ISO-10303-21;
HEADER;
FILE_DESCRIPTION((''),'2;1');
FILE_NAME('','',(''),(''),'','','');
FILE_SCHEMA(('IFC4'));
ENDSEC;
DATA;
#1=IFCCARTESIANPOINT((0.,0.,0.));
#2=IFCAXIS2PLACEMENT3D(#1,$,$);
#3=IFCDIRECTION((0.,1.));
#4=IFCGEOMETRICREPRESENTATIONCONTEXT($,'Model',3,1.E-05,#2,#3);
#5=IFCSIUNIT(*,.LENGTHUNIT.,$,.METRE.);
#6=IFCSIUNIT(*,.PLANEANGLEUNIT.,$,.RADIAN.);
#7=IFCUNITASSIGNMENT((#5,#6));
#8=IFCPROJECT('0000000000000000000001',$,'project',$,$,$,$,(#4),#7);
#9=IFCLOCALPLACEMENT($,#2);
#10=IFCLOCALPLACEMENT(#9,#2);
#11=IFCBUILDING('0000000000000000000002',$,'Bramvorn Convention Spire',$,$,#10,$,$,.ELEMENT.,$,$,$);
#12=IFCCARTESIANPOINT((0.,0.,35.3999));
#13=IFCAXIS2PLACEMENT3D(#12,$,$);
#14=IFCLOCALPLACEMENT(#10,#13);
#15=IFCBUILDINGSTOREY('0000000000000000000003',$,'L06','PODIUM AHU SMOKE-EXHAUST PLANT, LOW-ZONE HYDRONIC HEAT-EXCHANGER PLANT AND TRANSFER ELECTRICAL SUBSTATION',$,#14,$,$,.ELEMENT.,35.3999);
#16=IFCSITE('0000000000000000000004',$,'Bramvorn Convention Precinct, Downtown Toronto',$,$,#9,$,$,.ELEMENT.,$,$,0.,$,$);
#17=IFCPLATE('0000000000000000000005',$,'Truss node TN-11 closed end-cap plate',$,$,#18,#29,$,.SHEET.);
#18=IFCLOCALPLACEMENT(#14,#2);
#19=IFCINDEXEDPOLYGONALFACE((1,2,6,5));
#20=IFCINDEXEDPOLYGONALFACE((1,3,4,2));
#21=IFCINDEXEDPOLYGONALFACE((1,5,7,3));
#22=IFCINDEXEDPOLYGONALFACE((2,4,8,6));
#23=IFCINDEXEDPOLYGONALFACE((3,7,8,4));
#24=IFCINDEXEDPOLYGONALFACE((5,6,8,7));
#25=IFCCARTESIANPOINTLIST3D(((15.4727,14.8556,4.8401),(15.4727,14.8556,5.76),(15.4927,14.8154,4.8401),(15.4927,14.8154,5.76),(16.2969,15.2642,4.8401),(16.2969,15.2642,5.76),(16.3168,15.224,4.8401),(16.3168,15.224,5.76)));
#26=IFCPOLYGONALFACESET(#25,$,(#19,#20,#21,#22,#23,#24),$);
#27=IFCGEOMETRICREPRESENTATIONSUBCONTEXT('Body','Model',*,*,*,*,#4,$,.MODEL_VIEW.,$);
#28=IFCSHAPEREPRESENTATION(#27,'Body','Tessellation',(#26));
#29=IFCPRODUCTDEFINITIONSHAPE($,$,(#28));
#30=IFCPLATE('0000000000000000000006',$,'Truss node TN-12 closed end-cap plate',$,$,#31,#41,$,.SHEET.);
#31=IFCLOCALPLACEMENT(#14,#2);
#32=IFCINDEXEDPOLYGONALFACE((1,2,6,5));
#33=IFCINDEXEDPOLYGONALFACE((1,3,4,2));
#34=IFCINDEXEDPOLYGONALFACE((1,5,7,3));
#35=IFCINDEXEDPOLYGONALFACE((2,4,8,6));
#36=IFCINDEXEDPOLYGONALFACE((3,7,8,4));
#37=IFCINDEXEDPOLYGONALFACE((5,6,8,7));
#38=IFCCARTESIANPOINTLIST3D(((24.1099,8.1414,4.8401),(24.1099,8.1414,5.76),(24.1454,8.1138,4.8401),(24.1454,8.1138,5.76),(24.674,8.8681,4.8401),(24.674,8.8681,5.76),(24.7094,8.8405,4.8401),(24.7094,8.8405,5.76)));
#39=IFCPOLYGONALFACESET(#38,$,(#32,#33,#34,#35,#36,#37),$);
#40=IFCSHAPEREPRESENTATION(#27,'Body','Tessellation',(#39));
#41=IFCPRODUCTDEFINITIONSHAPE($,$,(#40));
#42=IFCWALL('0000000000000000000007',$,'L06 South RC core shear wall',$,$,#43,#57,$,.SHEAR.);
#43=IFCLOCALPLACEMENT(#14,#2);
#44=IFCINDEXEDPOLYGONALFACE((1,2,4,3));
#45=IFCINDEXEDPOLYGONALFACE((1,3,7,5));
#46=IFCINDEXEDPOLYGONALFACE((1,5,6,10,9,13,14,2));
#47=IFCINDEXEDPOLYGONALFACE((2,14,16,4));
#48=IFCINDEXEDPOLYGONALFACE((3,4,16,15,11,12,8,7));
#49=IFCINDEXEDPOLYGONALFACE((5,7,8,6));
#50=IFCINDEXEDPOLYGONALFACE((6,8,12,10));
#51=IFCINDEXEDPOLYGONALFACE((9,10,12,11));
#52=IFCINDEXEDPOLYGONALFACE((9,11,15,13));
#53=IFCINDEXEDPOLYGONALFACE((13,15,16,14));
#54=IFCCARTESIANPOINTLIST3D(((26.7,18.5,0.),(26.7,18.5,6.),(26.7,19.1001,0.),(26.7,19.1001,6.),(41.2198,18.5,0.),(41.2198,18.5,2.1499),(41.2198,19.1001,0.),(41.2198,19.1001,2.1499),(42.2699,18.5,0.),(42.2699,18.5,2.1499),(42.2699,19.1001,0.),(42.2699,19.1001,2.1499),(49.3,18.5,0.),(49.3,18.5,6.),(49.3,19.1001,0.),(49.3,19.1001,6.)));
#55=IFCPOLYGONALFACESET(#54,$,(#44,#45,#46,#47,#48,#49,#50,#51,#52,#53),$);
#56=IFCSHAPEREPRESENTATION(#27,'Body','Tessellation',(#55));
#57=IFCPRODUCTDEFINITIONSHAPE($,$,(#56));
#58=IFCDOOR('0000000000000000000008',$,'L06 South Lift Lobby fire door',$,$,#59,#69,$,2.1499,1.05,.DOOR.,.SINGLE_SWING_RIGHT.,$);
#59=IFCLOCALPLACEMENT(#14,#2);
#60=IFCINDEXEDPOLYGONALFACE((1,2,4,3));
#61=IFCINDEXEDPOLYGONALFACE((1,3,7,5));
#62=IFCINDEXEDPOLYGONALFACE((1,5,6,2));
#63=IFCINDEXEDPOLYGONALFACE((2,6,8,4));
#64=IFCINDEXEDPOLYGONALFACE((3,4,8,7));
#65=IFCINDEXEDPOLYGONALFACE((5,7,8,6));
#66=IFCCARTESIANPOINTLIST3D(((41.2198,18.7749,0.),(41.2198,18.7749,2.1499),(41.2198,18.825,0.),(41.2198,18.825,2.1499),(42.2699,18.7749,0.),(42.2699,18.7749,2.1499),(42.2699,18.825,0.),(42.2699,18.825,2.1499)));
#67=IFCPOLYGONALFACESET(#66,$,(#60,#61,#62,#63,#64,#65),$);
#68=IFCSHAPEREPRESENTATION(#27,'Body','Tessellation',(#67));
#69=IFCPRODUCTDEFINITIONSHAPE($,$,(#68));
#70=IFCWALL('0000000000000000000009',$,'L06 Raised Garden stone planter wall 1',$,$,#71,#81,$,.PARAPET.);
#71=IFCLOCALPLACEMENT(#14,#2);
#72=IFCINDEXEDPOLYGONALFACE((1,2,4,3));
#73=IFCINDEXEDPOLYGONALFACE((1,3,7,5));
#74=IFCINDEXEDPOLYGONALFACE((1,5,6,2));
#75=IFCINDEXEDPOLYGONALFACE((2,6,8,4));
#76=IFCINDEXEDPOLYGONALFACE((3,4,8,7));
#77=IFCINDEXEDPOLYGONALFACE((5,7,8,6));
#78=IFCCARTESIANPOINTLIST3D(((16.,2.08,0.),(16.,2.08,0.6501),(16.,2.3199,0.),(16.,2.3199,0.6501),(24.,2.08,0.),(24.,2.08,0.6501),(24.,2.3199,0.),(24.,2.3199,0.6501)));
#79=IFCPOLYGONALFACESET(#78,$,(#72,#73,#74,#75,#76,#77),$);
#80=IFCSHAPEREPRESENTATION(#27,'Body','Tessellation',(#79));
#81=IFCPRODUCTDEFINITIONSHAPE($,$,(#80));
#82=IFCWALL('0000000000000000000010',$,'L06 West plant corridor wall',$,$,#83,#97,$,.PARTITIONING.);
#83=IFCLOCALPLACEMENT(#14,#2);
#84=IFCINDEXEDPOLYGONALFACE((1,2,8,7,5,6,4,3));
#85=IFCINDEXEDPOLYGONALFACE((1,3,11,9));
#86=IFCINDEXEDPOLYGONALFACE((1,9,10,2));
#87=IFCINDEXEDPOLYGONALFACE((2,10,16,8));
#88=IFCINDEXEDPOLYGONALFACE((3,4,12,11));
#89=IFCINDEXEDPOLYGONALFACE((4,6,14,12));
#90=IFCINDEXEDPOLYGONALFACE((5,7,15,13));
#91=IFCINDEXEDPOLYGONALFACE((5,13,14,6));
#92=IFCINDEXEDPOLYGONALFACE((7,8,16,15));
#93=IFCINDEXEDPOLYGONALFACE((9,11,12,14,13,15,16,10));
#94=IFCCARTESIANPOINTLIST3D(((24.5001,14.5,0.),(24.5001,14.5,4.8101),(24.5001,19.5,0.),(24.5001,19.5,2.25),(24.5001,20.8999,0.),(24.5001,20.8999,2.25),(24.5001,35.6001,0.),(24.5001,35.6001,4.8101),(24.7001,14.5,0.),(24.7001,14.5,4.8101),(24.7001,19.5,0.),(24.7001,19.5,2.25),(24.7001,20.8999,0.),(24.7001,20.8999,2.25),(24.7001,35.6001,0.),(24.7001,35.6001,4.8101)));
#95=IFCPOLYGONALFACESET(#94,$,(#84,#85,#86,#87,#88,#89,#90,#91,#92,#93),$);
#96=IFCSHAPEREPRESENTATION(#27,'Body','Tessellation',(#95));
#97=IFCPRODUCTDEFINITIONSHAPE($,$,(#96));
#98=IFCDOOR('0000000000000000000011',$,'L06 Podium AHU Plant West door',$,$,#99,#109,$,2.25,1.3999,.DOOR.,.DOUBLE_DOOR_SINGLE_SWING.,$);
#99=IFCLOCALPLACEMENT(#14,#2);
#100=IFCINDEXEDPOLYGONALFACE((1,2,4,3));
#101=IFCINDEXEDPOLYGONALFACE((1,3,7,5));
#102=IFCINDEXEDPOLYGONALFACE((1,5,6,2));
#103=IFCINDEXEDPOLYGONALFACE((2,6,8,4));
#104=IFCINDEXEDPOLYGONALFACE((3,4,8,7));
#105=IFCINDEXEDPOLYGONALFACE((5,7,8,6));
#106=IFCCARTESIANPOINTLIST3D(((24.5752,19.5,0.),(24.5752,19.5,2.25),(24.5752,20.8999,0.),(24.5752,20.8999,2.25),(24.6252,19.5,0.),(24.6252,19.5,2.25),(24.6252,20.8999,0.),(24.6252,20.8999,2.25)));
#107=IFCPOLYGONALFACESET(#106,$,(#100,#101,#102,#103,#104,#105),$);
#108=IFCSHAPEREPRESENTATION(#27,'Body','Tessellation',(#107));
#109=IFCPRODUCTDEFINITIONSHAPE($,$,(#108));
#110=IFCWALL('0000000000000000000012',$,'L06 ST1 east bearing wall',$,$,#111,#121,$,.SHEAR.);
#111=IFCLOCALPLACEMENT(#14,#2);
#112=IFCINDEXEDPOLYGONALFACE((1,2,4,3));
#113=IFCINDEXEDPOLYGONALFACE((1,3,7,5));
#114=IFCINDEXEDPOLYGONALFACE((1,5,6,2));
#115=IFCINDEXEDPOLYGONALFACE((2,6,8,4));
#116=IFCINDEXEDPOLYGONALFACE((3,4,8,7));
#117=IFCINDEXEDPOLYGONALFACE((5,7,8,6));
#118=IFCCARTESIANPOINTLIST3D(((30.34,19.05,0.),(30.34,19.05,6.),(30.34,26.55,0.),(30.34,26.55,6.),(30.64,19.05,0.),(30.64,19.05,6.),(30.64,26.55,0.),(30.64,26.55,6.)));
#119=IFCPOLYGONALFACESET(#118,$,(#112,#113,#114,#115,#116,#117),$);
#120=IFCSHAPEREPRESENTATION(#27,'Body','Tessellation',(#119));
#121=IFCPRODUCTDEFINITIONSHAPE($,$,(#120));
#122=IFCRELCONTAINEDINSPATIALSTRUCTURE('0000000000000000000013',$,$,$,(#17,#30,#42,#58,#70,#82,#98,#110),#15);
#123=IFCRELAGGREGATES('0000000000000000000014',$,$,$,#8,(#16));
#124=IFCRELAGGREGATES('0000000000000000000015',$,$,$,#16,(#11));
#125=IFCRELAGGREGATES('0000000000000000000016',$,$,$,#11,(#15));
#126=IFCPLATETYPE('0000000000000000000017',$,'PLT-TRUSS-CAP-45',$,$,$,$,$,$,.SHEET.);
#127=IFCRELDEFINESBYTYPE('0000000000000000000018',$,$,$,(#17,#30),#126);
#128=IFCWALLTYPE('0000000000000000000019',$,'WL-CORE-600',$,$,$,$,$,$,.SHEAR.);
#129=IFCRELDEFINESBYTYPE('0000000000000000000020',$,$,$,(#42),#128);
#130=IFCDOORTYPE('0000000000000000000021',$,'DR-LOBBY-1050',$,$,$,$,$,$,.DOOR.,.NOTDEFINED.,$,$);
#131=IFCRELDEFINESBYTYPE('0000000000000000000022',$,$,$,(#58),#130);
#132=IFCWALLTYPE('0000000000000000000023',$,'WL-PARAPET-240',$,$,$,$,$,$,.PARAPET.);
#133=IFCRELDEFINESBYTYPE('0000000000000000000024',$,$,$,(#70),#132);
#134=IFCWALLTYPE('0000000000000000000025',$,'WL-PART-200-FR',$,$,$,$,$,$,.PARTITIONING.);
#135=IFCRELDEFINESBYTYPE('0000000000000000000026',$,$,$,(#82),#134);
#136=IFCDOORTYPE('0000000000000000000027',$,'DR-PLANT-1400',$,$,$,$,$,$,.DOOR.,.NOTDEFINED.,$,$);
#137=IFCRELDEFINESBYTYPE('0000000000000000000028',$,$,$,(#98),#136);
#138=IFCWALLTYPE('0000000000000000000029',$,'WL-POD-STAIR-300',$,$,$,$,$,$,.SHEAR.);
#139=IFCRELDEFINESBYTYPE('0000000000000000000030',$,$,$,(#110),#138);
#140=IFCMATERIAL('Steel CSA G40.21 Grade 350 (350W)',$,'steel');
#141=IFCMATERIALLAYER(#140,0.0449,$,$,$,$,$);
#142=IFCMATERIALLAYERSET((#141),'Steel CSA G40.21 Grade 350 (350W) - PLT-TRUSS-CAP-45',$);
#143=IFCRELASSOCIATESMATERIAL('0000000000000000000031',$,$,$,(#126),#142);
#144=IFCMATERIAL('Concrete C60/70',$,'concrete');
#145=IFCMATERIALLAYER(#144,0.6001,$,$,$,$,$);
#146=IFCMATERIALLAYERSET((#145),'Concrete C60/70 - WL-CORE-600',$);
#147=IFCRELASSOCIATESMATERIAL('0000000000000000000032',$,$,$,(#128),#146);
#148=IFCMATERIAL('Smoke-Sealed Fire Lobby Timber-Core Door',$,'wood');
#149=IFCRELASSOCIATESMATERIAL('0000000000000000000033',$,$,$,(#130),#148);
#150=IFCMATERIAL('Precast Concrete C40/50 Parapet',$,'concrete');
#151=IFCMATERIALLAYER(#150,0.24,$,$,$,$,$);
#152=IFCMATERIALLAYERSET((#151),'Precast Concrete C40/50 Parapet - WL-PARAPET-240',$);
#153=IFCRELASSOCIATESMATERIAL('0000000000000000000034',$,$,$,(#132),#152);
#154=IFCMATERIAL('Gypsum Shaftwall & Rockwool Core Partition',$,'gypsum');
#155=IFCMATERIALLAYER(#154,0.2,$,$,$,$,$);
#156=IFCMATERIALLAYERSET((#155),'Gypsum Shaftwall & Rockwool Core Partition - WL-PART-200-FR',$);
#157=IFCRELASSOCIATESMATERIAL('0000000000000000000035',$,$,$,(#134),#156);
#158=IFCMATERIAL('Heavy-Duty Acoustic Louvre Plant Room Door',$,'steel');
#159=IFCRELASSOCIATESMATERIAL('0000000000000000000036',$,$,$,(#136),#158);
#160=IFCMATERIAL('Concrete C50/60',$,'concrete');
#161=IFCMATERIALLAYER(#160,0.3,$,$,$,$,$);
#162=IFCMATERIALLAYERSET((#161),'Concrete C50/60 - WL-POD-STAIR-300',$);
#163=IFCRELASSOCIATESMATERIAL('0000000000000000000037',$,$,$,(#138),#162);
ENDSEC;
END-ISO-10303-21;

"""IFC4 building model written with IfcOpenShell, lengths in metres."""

from ifc_helpers import new_model, si_unit, direction, frame, frame_2d, origin, origin_2d, place, context, subcontext, project, spatial, rectangle, extrude, material, layer, layer_set, type_object, element, fill, save


model = new_model("IFC4")

# Units and contexts
model_context = context("Model", 3, precision=1e-05, world=origin(), true_north=direction((0.0, 1.0)))
body_context = subcontext(model_context, "Body", "Model", "MODEL_VIEW")
ifc_project = project(units=[si_unit("LENGTHUNIT", "METRE"), si_unit("PLANEANGLEUNIT", "RADIAN")], contexts=[model_context])

# Site, building, storey
site_placement = place(None, origin())
site = spatial("IfcSite", under=ifc_project, at=site_placement, Name="Bramvorn Convention Precinct, Downtown Toronto", CompositionType="ELEMENT", RefElevation=0.0)
building_placement = place(site_placement, origin())
building = spatial("IfcBuilding", under=site, at=building_placement, Name="Bramvorn Convention Spire", CompositionType="ELEMENT")
storey_placement = place(building_placement, frame((0.0, 0.0, 35.3999)))
storey = spatial("IfcBuildingStorey", under=building, at=storey_placement, Name="L06", Description="PODIUM AHU SMOKE-EXHAUST PLANT, LOW-ZONE HYDRONIC HEAT-EXCHANGER PLANT AND TRANSFER ELECTRICAL SUBSTATION", CompositionType="ELEMENT", Elevation=35.3999)

# Shared definitions
ifc_material_1 = material(Name="Steel CSA G40.21 Grade 350 (350W)", Category="steel")

# Plates
ifc_layer_1 = layer(ifc_material_1, 0.0449)
ifc_layer_set_1 = layer_set([ifc_layer_1], Name="Steel CSA G40.21 Grade 350 (350W) - PLT-TRUSS-CAP-45")
plate_type_1 = type_object("IfcPlateType", Name="PLT-TRUSS-CAP-45", PredefinedType="SHEET", material=ifc_layer_set_1)
for number, where, z_axis, x_axis, name in (
    (1, (15.8948, 15.0398, 4.8401), (0.0, 0.0, 1.0), (-0.89592, -0.444215, 0.0), "Truss node TN-11 closed end-cap plate"),
    (2, (24.4097, 8.491, 4.8401), (0.0, 0.0, 1.0), (-0.613158, -0.78996, 0.0), "Truss node TN-12 closed end-cap plate"),
):
    element("IfcPlate", number, at=place(storey_placement, frame(where, z_axis=z_axis, x_axis=x_axis)), inside=storey, type_object=plate_type_1, Name=name, PredefinedType="SHEET", context=body_context, shape_type="SweptSolid", body=[
        extrude(rectangle(XDim=0.9199, YDim=0.0449, at=origin_2d()), origin(), (0.0, 0.0, 1.0), 0.9199),
    ])

# Wall, opening, door
ifc_material_2 = material(Name="Concrete C60/70", Category="concrete")
ifc_layer_2 = layer(ifc_material_2, 0.6001)
ifc_layer_set_2 = layer_set([ifc_layer_2], Name="Concrete C60/70 - WL-CORE-600")
wall_type_1 = type_object("IfcWallType", Name="WL-CORE-600", PredefinedType="SHEAR", material=ifc_layer_set_2)
wall_1_placement = place(storey_placement, frame((26.7, 18.8, 0.0), z_axis=(0.0, 0.0, 1.0), x_axis=(1.0, 0.0, 0.0)))
wall_1 = element("IfcWall", 3, at=wall_1_placement, inside=storey, type_object=wall_type_1, Name="L06 South RC core shear wall", PredefinedType="SHEAR", context=body_context, shape_type="SweptSolid", body=[
    extrude(rectangle(XDim=22.6001, YDim=0.6001, at=frame_2d((11.3, 0.0))), origin(), (0.0, 0.0, 1.0), 6.0),
])
opening_1_placement = place(wall_1_placement, frame((14.52, 0.0, 0.0)))
opening_1 = element("IfcOpeningElement", 4, at=opening_1_placement, cuts=wall_1, PredefinedType="OPENING", context=body_context, shape_type="SweptSolid", body=[
    extrude(rectangle(XDim=1.05, YDim=2.1499, at=frame_2d((0.5249, 1.075))), frame((0.0, 0.3101, 0.0), z_axis=(0.0, -1.0, 0.0), x_axis=(1.0, 0.0, 0.0)), (0.0, 0.0, 1.0), 0.6201),
])
ifc_material_3 = material(Name="Smoke-Sealed Fire Lobby Timber-Core Door", Category="wood")
door_type_1 = type_object("IfcDoorType", Name="DR-LOBBY-1050", OperationType="NOTDEFINED", PredefinedType="DOOR", material=ifc_material_3)
door_1_placement = place(opening_1_placement, origin())
door_1 = element("IfcDoor", 5, at=door_1_placement, inside=storey, type_object=door_type_1, Name="L06 South Lift Lobby fire door", OperationType="SINGLE_SWING_RIGHT", OverallHeight=2.1499, OverallWidth=1.05, PredefinedType="DOOR", context=body_context, shape_type="SweptSolid", body=[
    extrude(rectangle(XDim=1.05, YDim=2.1499, at=frame_2d((0.5249, 1.075))), frame((0.0, 0.0249, 0.0), z_axis=(0.0, -1.0, 0.0), x_axis=(1.0, 0.0, 0.0)), (0.0, 0.0, 1.0), 0.05),
])
fill(opening_1, door_1)

# Wall
ifc_material_4 = material(Name="Precast Concrete C40/50 Parapet", Category="concrete")
ifc_layer_3 = layer(ifc_material_4, 0.24)
ifc_layer_set_3 = layer_set([ifc_layer_3], Name="Precast Concrete C40/50 Parapet - WL-PARAPET-240")
wall_type_2 = type_object("IfcWallType", Name="WL-PARAPET-240", PredefinedType="PARAPET", material=ifc_layer_set_3)
wall_2_placement = place(storey_placement, frame((16.0, 2.2, 0.0), z_axis=(0.0, 0.0, 1.0), x_axis=(1.0, 0.0, 0.0)))
element("IfcWall", 6, at=wall_2_placement, inside=storey, type_object=wall_type_2, Name="L06 Raised Garden stone planter wall 1", PredefinedType="PARAPET", context=body_context, shape_type="SweptSolid", body=[
    extrude(rectangle(XDim=8.0, YDim=0.24, at=frame_2d((4.0, 0.0))), origin(), (0.0, 0.0, 1.0), 0.6501),
])

# Wall, opening, door
ifc_material_5 = material(Name="Gypsum Shaftwall & Rockwool Core Partition", Category="gypsum")
ifc_layer_4 = layer(ifc_material_5, 0.2)
ifc_layer_set_4 = layer_set([ifc_layer_4], Name="Gypsum Shaftwall & Rockwool Core Partition - WL-PART-200-FR")
wall_type_3 = type_object("IfcWallType", Name="WL-PART-200-FR", PredefinedType="PARTITIONING", material=ifc_layer_set_4)
wall_3_placement = place(storey_placement, frame((24.6001, 14.5, 0.0), z_axis=(0.0, 0.0, 1.0), x_axis=(0.0, 1.0, 0.0)))
wall_3 = element("IfcWall", 7, at=wall_3_placement, inside=storey, type_object=wall_type_3, Name="L06 West plant corridor wall", PredefinedType="PARTITIONING", context=body_context, shape_type="SweptSolid", body=[
    extrude(rectangle(XDim=21.1001, YDim=0.2, at=frame_2d((10.55, 0.0))), origin(), (0.0, 0.0, 1.0), 4.8101),
])
opening_2_placement = place(wall_3_placement, frame((5.0, 0.0, 0.0)))
opening_2 = element("IfcOpeningElement", 8, at=opening_2_placement, cuts=wall_3, PredefinedType="OPENING", context=body_context, shape_type="SweptSolid", body=[
    extrude(rectangle(XDim=1.3999, YDim=2.25, at=frame_2d((0.7, 1.125))), frame((0.0, 0.1099, 0.0), z_axis=(0.0, -1.0, 0.0), x_axis=(1.0, 0.0, 0.0)), (0.0, 0.0, 1.0), 0.22),
])
ifc_material_6 = material(Name="Heavy-Duty Acoustic Louvre Plant Room Door", Category="steel")
door_type_2 = type_object("IfcDoorType", Name="DR-PLANT-1400", OperationType="NOTDEFINED", PredefinedType="DOOR", material=ifc_material_6)
door_2_placement = place(opening_2_placement, origin())
door_2 = element("IfcDoor", 9, at=door_2_placement, inside=storey, type_object=door_type_2, Name="L06 Podium AHU Plant West door", OperationType="DOUBLE_DOOR_SINGLE_SWING", OverallHeight=2.25, OverallWidth=1.3999, PredefinedType="DOOR", context=body_context, shape_type="SweptSolid", body=[
    extrude(rectangle(XDim=1.3999, YDim=2.25, at=frame_2d((0.7, 1.125))), frame((0.0, 0.0249, 0.0), z_axis=(0.0, -1.0, 0.0), x_axis=(1.0, 0.0, 0.0)), (0.0, 0.0, 1.0), 0.05),
])
fill(opening_2, door_2)

# Wall
ifc_material_7 = material(Name="Concrete C50/60", Category="concrete")
ifc_layer_5 = layer(ifc_material_7, 0.3)
ifc_layer_set_5 = layer_set([ifc_layer_5], Name="Concrete C50/60 - WL-POD-STAIR-300")
wall_type_4 = type_object("IfcWallType", Name="WL-POD-STAIR-300", PredefinedType="SHEAR", material=ifc_layer_set_5)
wall_4_placement = place(storey_placement, frame((30.49, 19.05, 0.0), z_axis=(0.0, 0.0, 1.0), x_axis=(0.0, 1.0, 0.0)))
element("IfcWall", 10, at=wall_4_placement, inside=storey, type_object=wall_type_4, Name="L06 ST1 east bearing wall", PredefinedType="SHEAR", context=body_context, shape_type="SweptSolid", body=[
    extrude(rectangle(XDim=7.5, YDim=0.3, at=frame_2d((3.75, 0.0))), origin(), (0.0, 0.0, 1.0), 6.0),
])

save(model, "model.ifc")
